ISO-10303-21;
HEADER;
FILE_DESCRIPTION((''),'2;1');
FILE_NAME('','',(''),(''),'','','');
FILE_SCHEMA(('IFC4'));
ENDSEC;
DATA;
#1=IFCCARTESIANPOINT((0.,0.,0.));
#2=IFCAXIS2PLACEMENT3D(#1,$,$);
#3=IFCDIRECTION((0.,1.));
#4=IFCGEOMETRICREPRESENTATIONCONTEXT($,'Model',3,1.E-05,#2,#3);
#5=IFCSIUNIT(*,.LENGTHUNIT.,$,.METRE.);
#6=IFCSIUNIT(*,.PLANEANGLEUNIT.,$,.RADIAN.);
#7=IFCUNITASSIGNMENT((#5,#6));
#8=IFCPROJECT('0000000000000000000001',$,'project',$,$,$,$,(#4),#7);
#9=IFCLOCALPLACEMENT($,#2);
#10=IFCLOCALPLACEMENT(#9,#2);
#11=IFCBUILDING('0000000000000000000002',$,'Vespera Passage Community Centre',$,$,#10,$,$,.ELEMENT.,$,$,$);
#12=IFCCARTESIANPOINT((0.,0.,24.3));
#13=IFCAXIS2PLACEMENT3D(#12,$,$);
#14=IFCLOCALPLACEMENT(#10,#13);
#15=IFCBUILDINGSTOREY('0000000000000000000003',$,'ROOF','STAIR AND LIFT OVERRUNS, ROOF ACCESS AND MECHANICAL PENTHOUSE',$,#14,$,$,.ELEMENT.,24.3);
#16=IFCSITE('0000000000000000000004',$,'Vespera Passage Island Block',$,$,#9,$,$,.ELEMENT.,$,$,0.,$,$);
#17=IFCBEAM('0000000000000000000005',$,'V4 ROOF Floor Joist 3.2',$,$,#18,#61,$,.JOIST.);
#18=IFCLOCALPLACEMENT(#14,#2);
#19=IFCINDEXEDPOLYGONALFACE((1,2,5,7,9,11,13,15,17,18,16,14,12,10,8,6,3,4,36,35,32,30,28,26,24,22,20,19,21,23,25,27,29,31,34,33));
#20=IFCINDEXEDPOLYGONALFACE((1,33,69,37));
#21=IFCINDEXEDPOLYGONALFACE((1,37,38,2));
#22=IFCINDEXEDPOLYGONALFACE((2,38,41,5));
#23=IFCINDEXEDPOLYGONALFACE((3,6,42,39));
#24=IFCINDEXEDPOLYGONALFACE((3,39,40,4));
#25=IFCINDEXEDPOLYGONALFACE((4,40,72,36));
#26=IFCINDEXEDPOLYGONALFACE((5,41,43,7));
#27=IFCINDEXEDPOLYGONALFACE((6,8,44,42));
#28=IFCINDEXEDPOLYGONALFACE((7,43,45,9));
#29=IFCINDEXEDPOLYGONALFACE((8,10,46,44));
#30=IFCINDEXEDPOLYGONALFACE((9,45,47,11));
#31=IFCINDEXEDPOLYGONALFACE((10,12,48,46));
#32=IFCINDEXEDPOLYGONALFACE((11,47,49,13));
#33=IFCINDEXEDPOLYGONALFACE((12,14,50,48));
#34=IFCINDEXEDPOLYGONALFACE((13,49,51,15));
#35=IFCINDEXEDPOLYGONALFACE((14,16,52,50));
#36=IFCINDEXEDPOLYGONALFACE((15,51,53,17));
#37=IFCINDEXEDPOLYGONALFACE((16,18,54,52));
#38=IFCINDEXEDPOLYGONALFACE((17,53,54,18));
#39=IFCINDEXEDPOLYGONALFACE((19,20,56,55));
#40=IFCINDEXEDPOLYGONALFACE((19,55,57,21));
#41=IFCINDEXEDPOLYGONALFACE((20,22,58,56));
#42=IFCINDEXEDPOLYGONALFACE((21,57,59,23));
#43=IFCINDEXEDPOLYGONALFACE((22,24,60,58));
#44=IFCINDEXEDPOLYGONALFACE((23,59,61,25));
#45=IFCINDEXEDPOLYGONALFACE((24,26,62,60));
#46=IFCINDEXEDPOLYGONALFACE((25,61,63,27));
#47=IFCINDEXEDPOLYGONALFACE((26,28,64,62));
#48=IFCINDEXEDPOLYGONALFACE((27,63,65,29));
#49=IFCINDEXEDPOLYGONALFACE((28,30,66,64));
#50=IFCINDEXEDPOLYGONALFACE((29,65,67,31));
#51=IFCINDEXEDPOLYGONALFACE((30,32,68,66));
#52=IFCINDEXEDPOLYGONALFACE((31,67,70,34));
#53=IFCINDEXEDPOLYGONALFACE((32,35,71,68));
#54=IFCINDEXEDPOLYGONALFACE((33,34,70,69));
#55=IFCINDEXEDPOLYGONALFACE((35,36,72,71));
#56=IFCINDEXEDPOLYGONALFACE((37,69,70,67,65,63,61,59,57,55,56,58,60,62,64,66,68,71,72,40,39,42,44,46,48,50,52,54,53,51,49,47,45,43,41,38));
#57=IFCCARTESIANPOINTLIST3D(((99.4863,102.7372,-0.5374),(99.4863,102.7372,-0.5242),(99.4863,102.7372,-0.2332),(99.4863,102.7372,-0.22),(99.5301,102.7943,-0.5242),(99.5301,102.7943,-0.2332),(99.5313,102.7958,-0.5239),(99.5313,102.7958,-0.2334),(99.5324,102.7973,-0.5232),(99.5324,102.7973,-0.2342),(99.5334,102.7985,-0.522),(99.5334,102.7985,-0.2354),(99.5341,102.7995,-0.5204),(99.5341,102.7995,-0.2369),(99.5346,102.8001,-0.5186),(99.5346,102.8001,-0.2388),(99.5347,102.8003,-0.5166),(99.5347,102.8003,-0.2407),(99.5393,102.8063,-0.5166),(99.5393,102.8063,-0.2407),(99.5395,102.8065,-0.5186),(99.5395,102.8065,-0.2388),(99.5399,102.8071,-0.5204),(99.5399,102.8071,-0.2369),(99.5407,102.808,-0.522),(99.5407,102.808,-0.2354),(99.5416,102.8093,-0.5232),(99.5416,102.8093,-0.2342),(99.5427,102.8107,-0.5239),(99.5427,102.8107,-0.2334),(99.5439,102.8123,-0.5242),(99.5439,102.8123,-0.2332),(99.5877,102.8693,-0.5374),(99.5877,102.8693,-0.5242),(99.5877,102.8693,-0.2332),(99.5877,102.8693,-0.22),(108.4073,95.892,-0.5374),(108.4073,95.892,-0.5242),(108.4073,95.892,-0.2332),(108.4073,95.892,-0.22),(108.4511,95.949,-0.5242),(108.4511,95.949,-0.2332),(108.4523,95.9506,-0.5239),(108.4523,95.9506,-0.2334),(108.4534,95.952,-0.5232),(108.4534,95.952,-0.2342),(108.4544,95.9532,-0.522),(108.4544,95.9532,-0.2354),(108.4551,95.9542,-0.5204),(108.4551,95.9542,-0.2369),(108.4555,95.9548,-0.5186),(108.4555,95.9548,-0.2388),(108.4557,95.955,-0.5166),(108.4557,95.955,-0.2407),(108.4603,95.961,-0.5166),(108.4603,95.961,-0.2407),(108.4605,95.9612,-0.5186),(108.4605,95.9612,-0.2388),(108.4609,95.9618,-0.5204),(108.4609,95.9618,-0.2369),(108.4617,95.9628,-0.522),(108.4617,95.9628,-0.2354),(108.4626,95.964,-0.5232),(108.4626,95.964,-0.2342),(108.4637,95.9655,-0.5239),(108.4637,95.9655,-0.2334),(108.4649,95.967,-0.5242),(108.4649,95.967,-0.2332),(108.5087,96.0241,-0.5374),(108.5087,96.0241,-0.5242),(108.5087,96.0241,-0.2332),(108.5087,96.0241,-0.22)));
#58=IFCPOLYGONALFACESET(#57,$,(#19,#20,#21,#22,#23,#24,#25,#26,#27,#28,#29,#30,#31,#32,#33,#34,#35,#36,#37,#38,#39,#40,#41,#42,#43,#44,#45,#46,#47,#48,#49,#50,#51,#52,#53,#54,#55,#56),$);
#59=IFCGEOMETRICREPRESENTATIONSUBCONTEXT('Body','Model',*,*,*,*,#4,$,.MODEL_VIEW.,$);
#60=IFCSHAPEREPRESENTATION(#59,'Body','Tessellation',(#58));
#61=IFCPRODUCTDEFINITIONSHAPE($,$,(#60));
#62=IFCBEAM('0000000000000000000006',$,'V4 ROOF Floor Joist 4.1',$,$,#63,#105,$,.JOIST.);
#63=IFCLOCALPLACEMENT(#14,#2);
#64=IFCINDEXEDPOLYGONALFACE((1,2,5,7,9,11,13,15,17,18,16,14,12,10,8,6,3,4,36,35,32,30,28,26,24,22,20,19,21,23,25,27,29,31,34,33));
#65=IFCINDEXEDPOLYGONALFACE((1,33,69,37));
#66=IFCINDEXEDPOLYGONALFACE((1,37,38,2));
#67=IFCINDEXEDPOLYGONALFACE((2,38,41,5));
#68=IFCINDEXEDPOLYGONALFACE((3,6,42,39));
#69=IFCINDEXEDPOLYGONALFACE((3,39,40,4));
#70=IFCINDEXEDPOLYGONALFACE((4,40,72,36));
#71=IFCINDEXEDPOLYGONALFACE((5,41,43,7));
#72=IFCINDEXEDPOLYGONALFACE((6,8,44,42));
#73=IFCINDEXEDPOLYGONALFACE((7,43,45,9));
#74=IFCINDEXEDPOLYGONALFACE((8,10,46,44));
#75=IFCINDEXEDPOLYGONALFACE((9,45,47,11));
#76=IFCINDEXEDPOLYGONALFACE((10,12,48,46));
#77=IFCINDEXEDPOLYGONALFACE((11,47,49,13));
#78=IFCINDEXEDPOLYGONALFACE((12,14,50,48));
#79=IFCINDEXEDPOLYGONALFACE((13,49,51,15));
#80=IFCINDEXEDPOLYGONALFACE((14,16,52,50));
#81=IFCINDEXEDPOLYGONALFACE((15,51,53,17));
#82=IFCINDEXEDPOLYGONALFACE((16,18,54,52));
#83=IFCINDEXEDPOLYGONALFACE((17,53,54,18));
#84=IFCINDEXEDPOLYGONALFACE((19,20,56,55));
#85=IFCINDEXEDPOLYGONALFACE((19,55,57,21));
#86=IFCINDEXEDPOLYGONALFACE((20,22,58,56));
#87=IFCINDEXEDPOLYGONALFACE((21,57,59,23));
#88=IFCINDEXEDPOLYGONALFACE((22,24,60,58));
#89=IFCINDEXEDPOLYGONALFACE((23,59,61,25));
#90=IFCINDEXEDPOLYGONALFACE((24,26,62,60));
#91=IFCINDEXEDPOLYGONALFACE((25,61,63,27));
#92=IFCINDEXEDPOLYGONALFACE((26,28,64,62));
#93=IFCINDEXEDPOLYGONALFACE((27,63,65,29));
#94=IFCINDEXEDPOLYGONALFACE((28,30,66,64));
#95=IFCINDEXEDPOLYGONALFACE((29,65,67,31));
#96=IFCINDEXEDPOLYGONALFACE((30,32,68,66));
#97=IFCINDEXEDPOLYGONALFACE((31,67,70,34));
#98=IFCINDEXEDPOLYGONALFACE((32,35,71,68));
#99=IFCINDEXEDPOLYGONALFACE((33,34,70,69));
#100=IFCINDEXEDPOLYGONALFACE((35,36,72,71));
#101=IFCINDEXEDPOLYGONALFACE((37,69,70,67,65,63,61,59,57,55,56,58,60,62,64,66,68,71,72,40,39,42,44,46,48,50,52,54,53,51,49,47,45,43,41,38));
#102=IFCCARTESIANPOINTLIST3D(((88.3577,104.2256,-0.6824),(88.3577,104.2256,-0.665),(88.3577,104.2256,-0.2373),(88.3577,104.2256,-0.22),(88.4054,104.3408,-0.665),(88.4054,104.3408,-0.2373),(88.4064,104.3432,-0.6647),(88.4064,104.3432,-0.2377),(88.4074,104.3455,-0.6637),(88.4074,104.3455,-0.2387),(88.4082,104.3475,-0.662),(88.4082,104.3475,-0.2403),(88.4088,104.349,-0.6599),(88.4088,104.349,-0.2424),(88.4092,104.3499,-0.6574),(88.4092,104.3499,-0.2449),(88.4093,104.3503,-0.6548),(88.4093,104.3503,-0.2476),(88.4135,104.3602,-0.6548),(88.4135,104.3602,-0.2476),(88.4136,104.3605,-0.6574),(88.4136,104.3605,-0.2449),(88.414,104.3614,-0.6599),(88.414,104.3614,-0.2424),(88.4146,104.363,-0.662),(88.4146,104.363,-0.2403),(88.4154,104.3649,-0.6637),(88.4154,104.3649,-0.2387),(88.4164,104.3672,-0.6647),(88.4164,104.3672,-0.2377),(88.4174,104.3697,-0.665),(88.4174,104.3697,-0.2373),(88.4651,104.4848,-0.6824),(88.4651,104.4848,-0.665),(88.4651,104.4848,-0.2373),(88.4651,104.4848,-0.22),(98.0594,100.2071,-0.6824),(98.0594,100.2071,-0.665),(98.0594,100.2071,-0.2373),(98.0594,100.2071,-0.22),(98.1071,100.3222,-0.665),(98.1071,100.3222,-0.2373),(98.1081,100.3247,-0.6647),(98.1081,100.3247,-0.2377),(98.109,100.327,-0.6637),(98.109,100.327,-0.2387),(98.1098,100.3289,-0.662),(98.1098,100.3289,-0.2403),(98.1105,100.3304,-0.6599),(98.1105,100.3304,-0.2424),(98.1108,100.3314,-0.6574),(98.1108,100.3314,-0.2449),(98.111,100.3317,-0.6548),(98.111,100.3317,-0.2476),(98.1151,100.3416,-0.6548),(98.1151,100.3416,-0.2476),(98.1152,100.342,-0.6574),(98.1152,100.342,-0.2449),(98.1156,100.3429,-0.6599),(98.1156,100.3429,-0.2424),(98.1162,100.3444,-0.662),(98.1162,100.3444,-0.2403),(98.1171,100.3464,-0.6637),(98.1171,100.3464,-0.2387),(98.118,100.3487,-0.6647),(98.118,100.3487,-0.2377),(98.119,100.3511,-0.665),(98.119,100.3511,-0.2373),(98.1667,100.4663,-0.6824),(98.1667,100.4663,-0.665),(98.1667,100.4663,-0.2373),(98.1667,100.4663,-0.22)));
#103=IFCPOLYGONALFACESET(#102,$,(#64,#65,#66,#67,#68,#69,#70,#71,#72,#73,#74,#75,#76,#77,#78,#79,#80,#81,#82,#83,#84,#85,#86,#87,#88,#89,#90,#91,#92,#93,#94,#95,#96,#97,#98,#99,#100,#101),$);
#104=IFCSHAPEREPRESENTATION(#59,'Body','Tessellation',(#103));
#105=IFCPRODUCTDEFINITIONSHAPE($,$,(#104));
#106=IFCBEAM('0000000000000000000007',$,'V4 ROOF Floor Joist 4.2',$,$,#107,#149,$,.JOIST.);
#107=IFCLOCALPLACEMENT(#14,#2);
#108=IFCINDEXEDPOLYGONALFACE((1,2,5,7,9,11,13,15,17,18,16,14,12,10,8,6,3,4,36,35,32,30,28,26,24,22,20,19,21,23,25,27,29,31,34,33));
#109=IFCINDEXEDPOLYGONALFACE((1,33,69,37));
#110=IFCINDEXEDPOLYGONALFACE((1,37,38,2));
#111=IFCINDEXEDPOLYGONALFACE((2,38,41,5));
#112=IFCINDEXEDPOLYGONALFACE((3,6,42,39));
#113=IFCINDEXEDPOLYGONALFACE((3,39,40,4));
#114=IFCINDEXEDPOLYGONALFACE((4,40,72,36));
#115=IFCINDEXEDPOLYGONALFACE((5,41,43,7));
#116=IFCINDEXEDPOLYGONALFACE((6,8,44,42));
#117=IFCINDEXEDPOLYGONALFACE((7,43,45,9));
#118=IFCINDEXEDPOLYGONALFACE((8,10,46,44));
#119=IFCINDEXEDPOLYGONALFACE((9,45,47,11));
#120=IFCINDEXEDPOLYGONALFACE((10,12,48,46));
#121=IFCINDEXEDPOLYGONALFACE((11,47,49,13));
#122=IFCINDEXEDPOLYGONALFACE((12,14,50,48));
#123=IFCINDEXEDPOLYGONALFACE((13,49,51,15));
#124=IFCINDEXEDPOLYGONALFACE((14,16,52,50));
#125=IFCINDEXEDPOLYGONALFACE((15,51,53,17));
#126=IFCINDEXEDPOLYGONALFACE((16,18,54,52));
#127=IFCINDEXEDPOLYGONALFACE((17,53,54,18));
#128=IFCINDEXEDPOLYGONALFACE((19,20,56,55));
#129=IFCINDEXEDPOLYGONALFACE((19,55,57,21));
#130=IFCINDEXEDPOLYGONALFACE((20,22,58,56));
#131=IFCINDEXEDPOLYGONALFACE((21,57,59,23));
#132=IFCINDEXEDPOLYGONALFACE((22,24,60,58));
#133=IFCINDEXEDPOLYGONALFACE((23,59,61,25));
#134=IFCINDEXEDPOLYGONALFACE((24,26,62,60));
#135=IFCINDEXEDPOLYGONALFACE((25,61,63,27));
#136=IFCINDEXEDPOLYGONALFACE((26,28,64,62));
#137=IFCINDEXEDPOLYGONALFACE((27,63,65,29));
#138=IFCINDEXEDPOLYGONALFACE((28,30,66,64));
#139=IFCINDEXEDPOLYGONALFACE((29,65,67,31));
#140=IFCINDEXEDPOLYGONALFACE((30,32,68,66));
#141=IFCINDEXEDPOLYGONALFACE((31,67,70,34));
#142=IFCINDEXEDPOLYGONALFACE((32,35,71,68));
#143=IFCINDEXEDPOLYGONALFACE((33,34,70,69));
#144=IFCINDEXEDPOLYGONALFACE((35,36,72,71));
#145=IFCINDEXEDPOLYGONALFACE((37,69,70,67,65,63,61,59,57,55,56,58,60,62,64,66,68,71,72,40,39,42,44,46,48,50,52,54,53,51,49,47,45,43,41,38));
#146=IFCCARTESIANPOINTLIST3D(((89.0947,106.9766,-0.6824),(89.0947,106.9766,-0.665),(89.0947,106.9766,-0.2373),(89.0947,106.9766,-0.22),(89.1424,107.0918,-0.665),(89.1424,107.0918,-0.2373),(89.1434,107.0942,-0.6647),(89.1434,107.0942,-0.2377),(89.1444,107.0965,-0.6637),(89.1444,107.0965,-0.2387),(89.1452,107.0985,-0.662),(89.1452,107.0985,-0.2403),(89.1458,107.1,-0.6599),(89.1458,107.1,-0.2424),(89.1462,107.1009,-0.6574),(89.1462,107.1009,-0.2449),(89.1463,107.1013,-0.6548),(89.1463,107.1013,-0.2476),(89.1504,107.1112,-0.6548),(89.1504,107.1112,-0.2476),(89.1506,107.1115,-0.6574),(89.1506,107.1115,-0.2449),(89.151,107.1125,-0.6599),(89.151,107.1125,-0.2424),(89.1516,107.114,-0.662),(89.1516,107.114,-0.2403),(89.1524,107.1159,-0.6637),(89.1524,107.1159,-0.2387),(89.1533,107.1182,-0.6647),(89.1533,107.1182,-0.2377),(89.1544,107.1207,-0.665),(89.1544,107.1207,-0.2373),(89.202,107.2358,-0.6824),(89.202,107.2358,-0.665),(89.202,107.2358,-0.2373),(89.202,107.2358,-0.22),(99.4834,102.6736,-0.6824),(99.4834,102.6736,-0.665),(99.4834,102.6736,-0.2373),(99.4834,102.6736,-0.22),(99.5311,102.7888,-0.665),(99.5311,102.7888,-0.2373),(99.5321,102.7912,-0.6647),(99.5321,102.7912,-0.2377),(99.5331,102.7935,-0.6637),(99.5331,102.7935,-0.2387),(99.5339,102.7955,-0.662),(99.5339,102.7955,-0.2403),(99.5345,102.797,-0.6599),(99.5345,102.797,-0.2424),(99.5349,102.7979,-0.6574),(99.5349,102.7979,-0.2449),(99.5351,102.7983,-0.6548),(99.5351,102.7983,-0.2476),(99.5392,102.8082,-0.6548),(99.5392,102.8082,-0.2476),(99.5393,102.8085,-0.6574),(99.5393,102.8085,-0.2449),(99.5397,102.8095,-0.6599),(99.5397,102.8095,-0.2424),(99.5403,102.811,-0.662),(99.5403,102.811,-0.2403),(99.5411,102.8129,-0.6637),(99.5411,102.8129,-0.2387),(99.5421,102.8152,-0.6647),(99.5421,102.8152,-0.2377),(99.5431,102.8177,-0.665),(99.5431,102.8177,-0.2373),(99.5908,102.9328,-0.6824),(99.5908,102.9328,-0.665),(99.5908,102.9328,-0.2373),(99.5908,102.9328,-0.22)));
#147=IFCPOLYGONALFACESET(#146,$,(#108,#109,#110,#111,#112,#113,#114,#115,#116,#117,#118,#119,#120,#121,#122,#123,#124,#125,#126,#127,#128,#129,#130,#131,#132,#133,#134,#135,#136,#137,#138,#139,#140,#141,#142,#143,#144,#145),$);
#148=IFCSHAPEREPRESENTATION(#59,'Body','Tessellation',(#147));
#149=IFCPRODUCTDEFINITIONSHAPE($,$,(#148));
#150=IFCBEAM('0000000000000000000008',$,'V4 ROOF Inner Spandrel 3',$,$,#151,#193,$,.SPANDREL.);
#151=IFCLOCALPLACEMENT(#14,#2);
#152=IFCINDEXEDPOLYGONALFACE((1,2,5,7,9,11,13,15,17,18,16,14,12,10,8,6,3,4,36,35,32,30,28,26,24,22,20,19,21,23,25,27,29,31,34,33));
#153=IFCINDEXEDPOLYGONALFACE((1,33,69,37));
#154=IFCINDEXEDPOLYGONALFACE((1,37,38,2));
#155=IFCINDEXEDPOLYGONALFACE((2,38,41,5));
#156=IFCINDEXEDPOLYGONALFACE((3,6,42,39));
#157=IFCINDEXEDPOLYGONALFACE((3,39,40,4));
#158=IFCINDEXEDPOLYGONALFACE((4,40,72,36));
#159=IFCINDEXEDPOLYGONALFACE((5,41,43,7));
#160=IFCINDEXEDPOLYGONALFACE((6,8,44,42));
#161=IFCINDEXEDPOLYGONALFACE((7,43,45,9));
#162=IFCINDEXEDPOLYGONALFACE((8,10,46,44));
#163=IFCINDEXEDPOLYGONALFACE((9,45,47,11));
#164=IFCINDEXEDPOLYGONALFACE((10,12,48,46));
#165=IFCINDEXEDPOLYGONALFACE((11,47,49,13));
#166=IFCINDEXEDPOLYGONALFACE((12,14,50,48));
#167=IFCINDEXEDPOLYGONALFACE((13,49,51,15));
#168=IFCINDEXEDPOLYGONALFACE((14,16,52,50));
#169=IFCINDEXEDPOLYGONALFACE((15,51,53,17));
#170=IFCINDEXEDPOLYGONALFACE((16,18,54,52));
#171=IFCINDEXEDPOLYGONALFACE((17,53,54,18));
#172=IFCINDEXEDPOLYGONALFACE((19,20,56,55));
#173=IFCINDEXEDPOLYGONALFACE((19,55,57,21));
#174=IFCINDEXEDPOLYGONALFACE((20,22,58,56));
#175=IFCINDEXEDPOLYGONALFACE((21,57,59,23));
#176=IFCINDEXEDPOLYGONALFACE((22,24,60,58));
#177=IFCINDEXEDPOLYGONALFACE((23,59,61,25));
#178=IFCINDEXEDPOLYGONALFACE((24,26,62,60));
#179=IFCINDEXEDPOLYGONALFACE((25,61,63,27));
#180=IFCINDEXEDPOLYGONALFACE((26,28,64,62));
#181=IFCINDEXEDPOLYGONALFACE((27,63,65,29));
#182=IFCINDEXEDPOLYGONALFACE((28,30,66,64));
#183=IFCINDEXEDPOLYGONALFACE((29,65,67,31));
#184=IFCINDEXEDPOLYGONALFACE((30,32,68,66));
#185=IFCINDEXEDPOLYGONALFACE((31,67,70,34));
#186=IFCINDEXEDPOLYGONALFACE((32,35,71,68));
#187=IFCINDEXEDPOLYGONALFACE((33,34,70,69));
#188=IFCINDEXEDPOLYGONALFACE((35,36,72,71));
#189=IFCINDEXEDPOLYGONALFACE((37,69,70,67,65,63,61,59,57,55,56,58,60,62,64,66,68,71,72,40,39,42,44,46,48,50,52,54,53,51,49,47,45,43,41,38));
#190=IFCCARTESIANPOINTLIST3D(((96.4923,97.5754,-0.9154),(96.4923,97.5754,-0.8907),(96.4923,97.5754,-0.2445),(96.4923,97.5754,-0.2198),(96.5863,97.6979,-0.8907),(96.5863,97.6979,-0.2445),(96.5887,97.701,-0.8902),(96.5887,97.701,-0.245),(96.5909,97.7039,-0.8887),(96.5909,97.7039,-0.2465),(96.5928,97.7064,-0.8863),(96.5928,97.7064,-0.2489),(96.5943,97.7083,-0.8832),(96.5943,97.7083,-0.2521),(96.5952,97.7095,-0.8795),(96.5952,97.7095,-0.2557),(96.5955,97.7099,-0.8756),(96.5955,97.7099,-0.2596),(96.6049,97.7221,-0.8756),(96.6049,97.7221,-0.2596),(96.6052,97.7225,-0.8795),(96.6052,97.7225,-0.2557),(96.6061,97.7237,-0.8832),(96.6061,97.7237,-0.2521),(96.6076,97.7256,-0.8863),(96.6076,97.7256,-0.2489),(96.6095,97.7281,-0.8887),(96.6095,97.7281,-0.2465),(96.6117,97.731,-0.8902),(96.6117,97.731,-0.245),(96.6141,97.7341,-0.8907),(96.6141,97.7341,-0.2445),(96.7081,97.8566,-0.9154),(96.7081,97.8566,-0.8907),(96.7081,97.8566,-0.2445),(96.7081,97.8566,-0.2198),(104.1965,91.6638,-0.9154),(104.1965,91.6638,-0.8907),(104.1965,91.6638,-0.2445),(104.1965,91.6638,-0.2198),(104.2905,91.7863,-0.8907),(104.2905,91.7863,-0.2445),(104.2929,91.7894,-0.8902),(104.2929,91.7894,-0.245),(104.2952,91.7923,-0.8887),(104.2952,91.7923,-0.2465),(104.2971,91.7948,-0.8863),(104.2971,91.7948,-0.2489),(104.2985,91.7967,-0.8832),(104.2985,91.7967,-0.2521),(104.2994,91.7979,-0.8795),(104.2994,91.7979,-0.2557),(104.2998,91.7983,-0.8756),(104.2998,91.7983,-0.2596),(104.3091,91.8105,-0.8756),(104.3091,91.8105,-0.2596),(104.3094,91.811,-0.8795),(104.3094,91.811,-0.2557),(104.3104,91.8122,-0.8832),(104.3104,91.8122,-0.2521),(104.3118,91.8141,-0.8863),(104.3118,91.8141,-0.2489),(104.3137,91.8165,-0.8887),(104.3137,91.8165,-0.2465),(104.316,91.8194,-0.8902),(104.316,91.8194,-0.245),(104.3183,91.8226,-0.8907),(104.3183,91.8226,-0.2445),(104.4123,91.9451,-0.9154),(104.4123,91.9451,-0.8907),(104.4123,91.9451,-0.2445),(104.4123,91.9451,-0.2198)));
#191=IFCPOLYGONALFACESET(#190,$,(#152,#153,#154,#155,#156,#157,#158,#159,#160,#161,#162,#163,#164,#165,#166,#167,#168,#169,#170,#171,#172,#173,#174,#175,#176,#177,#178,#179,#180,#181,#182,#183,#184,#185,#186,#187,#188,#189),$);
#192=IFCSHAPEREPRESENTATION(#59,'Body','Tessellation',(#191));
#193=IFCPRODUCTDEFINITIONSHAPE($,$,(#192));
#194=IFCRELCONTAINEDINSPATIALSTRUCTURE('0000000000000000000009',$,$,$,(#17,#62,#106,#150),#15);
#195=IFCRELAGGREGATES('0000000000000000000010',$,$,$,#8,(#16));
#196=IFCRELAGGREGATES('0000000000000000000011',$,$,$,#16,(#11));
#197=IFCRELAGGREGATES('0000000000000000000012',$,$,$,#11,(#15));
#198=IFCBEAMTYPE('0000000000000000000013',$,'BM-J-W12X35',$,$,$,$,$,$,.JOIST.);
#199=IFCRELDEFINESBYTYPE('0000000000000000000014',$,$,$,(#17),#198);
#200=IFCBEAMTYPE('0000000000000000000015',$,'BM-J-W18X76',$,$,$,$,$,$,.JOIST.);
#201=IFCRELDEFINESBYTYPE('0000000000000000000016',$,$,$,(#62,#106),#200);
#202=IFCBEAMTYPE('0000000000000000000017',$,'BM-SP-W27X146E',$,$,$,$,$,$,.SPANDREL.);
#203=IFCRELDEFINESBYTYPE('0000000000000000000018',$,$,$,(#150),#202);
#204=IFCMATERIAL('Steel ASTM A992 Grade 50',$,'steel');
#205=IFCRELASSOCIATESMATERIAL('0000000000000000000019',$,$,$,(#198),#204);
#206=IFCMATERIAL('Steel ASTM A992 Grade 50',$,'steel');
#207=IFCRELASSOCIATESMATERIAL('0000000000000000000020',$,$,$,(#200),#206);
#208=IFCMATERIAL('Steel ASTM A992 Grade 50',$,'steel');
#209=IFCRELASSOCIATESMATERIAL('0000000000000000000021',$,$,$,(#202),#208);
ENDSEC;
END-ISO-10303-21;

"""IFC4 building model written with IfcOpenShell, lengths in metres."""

from ifc_helpers import new_model, si_unit, direction, frame, origin, origin_2d, place, context, subcontext, project, spatial, i_section, extrude, material, material_profile, profile_set, type_object, element, save


model = new_model("IFC4")

# Units and contexts
model_context = context("Model", 3, precision=1e-05, world=origin(), true_north=direction((0.0, 1.0)))
body_context = subcontext(model_context, "Body", "Model", "MODEL_VIEW")
ifc_project = project(units=[si_unit("LENGTHUNIT", "METRE"), si_unit("PLANEANGLEUNIT", "RADIAN")], contexts=[model_context])

# Site, building, storey
site_placement = place(None, origin())
site = spatial("IfcSite", under=ifc_project, at=site_placement, Name="Vespera Passage Island Block", CompositionType="ELEMENT", RefElevation=0.0)
building_placement = place(site_placement, origin())
building = spatial("IfcBuilding", under=site, at=building_placement, Name="Vespera Passage Community Centre", CompositionType="ELEMENT")
storey_placement = place(building_placement, frame((0.0, 0.0, 24.3)))
storey = spatial("IfcBuildingStorey", under=building, at=storey_placement, Name="ROOF", Description="STAIR AND LIFT OVERRUNS, ROOF ACCESS AND MECHANICAL PENTHOUSE", CompositionType="ELEMENT", Elevation=24.3)

# Beams
ifc_material_1 = material(Name="Steel ASTM A992 Grade 50", Category="steel")
ifc_material_profile_1 = material_profile(ifc_material_1, i_section(OverallWidth=0.1665, OverallDepth=0.3174, WebThickness=0.0076, FlangeThickness=0.0132, FilletRadius=0.0076, at=origin_2d()), Name="W12X35")
ifc_profile_set_1 = profile_set([ifc_material_profile_1], Name="Steel ASTM A992 Grade 50")
beam_type_1 = type_object("IfcBeamType", Name="BM-J-W12X35", PredefinedType="JOIST", material=ifc_profile_set_1)
beam_1_placement = place(storey_placement, frame((108.458, 95.958, -0.3787), z_axis=(-0.793355, 0.60876, 0.0), x_axis=(-0.60876, -0.793355, 0.0)))
element("IfcBeam", 1, at=beam_1_placement, inside=storey, type_object=beam_type_1, Name="V4 ROOF Floor Joist 3.2", PredefinedType="JOIST", context=body_context, shape_type="SweptSolid", body=[
    extrude(i_section(OverallWidth=0.1665, OverallDepth=0.3174, WebThickness=0.0076, FlangeThickness=0.0132, FilletRadius=0.0076, at=origin_2d()), origin(), (0.0, 0.0, 1.0), 11.2446),
])
ifc_material_2 = material(Name="Steel ASTM A992 Grade 50", Category="steel")
ifc_material_profile_2 = material_profile(ifc_material_2, i_section(OverallWidth=0.2805, OverallDepth=0.4624, WebThickness=0.0107, FlangeThickness=0.0173, FilletRadius=0.0103, at=origin_2d()), Name="W18X76")
ifc_profile_set_2 = profile_set([ifc_material_profile_2], Name="Steel ASTM A992 Grade 50")
beam_type_2 = type_object("IfcBeamType", Name="BM-J-W18X76", PredefinedType="JOIST", material=ifc_profile_set_2)
beam_2_placement = place(storey_placement, frame((98.113, 100.3367, -0.4512), z_axis=(-0.92388, 0.382683, 0.0), x_axis=(-0.382683, -0.92388, 0.0)))
element("IfcBeam", 2, at=beam_2_placement, inside=storey, type_object=beam_type_2, Name="V4 ROOF Floor Joist 4.1", PredefinedType="JOIST", context=body_context, shape_type="SweptSolid", body=[
    extrude(i_section(OverallWidth=0.2805, OverallDepth=0.4624, WebThickness=0.0107, FlangeThickness=0.0173, FilletRadius=0.0103, at=origin_2d()), origin(), (0.0, 0.0, 1.0), 10.501),
])
beam_3_placement = place(storey_placement, frame((99.5371, 102.8032, -0.4512), z_axis=(-0.923884, 0.382672, 0.0), x_axis=(-0.382672, -0.923884, 0.0)))
element("IfcBeam", 3, at=beam_3_placement, inside=storey, type_object=beam_type_2, Name="V4 ROOF Floor Joist 4.2", PredefinedType="JOIST", context=body_context, shape_type="SweptSolid", body=[
    extrude(i_section(OverallWidth=0.2805, OverallDepth=0.4624, WebThickness=0.0107, FlangeThickness=0.0173, FilletRadius=0.0103, at=origin_2d()), origin(), (0.0, 0.0, 1.0), 11.2446),
])
ifc_material_3 = material(Name="Steel ASTM A992 Grade 50", Category="steel")
ifc_material_profile_3 = material_profile(ifc_material_3, i_section(OverallWidth=0.3545, OverallDepth=0.6956, WebThickness=0.0154, FlangeThickness=0.0247, FilletRadius=0.0151, at=origin_2d()), Name="W27X146")
ifc_profile_set_3 = profile_set([ifc_material_profile_3], Name="Steel ASTM A992 Grade 50")
beam_type_3 = type_object("IfcBeamType", Name="BM-SP-W27X146E", PredefinedType="SPANDREL", material=ifc_profile_set_3)
beam_4_placement = place(storey_placement, frame((104.3044, 91.8044, -0.5676), z_axis=(-0.79336, 0.608753, 0.0), x_axis=(-0.608753, -0.79336, 0.0)))
element("IfcBeam", 4, at=beam_4_placement, inside=storey, type_object=beam_type_3, Name="V4 ROOF Inner Spandrel 3", PredefinedType="SPANDREL", context=body_context, shape_type="SweptSolid", body=[
    extrude(i_section(OverallWidth=0.3545, OverallDepth=0.6956, WebThickness=0.0154, FlangeThickness=0.0247, FilletRadius=0.0151, at=origin_2d()), origin(), (0.0, 0.0, 1.0), 9.7109),
])

save(model, "model.ifc")
